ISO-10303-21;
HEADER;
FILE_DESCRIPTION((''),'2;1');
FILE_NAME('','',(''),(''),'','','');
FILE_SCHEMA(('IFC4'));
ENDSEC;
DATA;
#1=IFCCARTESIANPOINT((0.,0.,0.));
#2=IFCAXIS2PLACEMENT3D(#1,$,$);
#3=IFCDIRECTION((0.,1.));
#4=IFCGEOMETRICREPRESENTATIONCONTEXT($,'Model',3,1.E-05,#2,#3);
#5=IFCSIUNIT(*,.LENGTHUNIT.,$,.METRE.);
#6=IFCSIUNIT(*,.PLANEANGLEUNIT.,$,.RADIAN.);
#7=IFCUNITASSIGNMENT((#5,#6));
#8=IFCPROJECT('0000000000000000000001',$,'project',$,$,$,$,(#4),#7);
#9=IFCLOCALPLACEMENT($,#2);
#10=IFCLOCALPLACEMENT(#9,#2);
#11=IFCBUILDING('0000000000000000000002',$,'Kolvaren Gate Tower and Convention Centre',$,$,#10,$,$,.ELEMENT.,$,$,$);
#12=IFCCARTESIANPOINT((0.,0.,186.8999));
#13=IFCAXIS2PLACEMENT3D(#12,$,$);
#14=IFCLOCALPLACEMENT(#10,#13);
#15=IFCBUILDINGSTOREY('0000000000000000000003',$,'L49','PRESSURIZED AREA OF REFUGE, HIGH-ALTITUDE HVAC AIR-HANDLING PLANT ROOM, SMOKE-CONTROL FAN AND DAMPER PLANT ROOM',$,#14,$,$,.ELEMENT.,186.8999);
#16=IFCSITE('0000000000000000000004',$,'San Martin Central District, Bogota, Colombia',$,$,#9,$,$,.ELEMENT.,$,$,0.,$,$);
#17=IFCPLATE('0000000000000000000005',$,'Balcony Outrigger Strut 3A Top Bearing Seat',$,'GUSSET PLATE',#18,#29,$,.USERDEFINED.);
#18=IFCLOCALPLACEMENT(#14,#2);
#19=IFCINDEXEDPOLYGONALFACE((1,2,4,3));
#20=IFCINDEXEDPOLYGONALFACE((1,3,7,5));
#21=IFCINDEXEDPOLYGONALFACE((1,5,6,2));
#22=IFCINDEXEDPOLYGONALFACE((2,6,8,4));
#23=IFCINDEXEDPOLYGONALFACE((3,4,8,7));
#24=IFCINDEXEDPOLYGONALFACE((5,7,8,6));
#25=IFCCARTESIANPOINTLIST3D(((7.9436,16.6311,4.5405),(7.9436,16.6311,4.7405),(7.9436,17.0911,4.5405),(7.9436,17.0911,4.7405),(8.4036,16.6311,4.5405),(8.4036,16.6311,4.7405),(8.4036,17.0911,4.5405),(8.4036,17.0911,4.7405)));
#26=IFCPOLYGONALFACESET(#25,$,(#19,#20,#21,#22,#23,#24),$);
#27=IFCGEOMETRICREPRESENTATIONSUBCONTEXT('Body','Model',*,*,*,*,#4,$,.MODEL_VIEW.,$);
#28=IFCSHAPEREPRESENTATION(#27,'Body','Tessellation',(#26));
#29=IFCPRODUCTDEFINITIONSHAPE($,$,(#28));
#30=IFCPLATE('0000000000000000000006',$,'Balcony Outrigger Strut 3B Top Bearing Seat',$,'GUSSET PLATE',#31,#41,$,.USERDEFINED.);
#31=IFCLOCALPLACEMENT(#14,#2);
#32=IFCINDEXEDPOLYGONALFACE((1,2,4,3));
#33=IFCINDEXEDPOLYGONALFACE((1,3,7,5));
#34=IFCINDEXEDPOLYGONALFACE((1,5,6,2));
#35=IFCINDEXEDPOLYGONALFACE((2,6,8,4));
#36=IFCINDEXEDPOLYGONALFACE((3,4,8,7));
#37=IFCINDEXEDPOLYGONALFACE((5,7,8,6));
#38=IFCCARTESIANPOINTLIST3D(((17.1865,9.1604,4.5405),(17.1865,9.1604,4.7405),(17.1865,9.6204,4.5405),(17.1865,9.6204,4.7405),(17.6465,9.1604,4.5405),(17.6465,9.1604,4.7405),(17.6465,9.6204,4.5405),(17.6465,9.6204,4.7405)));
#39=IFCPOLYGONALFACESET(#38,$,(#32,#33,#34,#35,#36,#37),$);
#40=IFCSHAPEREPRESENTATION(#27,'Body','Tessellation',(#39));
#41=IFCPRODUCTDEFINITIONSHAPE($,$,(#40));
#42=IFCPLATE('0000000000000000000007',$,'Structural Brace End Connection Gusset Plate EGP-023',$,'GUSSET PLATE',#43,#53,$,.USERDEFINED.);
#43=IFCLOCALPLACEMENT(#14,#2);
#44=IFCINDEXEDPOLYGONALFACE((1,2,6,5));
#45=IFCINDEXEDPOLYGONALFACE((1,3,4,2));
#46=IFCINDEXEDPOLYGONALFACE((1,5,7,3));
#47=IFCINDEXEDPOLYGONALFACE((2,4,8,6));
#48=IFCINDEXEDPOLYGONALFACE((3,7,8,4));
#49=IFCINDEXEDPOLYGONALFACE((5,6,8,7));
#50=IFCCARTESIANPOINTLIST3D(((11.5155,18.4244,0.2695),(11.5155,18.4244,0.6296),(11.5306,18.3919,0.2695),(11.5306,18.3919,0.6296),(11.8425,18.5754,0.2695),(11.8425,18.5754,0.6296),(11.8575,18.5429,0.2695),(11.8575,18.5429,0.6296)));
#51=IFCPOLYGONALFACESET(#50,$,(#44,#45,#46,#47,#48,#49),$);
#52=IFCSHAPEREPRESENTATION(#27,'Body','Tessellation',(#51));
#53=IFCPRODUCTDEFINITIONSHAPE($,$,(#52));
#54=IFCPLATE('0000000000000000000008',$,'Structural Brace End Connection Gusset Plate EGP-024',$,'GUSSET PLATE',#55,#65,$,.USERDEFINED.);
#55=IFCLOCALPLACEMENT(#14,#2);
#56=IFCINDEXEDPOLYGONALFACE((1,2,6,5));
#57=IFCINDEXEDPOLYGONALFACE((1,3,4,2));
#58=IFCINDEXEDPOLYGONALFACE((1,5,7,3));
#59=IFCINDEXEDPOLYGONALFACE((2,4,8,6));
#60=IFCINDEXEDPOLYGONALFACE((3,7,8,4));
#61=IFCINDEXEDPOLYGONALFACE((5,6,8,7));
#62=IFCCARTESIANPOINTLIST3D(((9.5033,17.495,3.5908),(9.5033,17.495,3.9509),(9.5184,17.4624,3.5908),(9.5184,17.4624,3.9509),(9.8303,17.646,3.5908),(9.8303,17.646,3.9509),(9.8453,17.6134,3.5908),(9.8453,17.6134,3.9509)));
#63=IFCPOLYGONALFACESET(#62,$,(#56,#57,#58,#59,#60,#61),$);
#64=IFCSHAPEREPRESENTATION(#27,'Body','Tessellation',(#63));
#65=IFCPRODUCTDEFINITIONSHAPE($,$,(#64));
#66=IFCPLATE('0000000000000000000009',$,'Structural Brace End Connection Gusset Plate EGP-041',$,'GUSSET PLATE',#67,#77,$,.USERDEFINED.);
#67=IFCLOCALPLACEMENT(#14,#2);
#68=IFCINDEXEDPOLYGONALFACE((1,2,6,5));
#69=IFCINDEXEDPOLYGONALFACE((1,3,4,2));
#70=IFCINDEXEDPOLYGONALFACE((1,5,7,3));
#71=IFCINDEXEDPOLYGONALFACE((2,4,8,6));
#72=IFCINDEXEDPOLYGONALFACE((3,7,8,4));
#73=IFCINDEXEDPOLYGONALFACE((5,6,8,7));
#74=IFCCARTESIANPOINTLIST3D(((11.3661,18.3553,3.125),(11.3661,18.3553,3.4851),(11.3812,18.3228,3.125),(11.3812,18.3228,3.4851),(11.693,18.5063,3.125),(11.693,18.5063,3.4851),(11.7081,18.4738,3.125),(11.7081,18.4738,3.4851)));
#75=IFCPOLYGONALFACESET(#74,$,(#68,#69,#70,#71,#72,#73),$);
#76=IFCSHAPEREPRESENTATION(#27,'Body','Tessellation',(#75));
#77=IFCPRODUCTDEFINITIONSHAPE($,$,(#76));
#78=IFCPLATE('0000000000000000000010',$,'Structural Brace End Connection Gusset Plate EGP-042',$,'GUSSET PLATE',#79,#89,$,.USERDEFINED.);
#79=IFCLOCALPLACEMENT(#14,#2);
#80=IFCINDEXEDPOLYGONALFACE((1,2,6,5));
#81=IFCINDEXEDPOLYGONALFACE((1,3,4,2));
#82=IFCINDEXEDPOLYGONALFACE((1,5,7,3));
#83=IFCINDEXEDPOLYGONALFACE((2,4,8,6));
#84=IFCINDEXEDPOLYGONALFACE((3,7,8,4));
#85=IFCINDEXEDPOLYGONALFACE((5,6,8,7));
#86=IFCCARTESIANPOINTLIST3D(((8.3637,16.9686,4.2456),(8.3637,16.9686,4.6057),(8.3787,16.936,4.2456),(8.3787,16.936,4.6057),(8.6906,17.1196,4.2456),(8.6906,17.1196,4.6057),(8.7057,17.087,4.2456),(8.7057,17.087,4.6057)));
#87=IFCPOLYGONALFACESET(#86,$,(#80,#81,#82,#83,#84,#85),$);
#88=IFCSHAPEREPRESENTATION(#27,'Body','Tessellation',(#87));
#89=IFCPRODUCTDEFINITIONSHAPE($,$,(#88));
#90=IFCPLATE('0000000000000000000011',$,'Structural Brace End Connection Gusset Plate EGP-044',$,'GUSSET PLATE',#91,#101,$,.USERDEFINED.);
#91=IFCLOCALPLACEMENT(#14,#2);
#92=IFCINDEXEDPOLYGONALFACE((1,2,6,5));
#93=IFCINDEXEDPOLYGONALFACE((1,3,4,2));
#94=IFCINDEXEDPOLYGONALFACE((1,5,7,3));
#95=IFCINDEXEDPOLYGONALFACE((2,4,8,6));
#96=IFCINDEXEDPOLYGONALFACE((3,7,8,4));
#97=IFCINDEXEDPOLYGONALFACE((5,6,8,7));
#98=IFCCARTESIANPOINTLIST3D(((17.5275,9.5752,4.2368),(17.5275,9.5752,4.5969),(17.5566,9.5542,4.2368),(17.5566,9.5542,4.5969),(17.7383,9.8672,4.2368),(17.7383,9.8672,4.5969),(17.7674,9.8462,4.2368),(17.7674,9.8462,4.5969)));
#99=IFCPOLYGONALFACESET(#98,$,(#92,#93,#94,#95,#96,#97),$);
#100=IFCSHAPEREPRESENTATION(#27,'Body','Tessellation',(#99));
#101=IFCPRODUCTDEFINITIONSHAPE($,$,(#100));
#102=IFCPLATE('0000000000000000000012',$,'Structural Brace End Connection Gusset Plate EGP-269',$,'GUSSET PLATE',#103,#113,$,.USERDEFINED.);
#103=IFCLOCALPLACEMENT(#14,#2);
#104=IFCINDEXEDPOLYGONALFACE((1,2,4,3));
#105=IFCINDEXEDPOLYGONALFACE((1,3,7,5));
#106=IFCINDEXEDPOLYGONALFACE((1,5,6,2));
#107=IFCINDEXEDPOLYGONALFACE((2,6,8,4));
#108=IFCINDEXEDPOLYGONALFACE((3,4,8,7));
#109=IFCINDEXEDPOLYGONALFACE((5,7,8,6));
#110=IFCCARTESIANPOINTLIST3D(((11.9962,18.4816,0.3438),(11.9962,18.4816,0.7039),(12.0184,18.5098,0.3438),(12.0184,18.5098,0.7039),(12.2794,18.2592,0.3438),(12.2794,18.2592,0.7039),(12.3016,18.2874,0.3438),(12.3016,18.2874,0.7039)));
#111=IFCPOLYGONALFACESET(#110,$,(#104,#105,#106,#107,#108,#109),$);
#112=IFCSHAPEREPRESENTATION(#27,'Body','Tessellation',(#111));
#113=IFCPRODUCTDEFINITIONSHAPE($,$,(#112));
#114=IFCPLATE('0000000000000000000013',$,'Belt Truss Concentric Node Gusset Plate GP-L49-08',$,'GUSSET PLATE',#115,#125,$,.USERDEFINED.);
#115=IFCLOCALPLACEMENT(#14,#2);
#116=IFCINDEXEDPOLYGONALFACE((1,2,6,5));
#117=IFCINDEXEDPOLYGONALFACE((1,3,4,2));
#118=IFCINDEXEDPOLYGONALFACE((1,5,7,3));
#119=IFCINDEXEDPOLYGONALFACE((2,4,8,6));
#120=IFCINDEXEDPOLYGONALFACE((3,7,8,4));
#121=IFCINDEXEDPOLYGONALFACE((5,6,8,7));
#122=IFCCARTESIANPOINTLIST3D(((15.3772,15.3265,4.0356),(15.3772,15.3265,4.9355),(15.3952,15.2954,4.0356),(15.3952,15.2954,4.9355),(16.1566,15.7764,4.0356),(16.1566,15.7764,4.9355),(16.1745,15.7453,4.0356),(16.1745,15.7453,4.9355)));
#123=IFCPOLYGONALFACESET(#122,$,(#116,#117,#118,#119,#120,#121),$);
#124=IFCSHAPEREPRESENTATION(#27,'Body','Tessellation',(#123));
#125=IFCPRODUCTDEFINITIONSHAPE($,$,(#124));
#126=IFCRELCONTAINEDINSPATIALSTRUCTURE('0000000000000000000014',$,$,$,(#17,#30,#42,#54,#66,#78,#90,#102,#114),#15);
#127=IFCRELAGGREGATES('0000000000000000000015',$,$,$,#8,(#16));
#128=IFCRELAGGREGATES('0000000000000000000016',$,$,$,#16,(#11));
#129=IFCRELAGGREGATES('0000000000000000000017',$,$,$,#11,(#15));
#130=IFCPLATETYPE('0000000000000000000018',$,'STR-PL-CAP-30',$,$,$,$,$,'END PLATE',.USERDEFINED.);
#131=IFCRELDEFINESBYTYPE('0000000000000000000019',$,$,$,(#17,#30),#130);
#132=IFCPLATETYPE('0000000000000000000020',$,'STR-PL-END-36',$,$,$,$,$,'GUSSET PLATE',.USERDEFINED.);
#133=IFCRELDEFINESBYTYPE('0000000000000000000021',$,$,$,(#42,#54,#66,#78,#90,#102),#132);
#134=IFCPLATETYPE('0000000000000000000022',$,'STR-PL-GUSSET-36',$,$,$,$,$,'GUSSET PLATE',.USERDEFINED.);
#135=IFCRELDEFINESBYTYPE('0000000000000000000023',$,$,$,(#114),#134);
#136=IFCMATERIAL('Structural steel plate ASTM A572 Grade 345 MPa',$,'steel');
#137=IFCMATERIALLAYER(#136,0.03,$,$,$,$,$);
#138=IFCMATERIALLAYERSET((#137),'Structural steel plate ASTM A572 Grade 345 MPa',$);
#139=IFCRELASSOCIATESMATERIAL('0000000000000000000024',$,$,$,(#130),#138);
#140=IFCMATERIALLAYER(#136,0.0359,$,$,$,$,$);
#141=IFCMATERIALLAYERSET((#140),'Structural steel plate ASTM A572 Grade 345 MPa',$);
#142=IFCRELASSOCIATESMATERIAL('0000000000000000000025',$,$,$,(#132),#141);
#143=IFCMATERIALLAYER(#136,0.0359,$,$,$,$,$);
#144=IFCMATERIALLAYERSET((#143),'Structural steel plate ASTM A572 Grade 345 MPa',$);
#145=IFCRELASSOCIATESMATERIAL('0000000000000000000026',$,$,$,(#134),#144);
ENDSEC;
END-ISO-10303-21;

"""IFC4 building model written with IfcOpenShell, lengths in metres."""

from ifc_helpers import new_model, si_unit, direction, frame, origin, origin_2d, place, context, subcontext, project, spatial, rectangle, extrude, material, layer, layer_set, type_object, element, save


model = new_model("IFC4")

# Units and contexts
model_context = context("Model", 3, precision=1e-05, world=origin(), true_north=direction((0.0, 1.0)))
body_context = subcontext(model_context, "Body", "Model", "MODEL_VIEW")
ifc_project = project(units=[si_unit("LENGTHUNIT", "METRE"), si_unit("PLANEANGLEUNIT", "RADIAN")], contexts=[model_context])

# Site, building, storey
site_placement = place(None, origin())
site = spatial("IfcSite", under=ifc_project, at=site_placement, Name="San Martin Central District, Bogota, Colombia", CompositionType="ELEMENT", RefElevation=0.0)
building_placement = place(site_placement, origin())
building = spatial("IfcBuilding", under=site, at=building_placement, Name="Kolvaren Gate Tower and Convention Centre", CompositionType="ELEMENT")
storey_placement = place(building_placement, frame((0.0, 0.0, 186.8999)))
storey = spatial("IfcBuildingStorey", under=building, at=storey_placement, Name="L49", Description="PRESSURIZED AREA OF REFUGE, HIGH-ALTITUDE HVAC AIR-HANDLING PLANT ROOM, SMOKE-CONTROL FAN AND DAMPER PLANT ROOM", CompositionType="ELEMENT", Elevation=186.8999)

# Plates
ifc_material_1 = material(Name="Structural steel plate ASTM A572 Grade 345 MPa", Category="steel")
ifc_layer_1 = layer(ifc_material_1, 0.03)
ifc_layer_set_1 = layer_set([ifc_layer_1], Name="Structural steel plate ASTM A572 Grade 345 MPa")
plate_type_1 = type_object("IfcPlateType", Name="STR-PL-CAP-30", ElementType="END PLATE", PredefinedType="USERDEFINED", material=ifc_layer_set_1)
for number, where, z_axis, x_axis, name in (
    (1, (8.1736, 16.8611, 4.5405), (0.0, 0.0, 1.0), (1.0, 0.0, 0.0), "Balcony Outrigger Strut 3A Top Bearing Seat"),
    (2, (17.4165, 9.3904, 4.5405), (0.0, 0.0, 1.0), (1.0, 0.0, 0.0), "Balcony Outrigger Strut 3B Top Bearing Seat"),
):
    element("IfcPlate", number, at=place(storey_placement, frame(where, z_axis=z_axis, x_axis=x_axis)), inside=storey, type_object=plate_type_1, Name=name, ObjectType="GUSSET PLATE", PredefinedType="USERDEFINED", context=body_context, shape_type="SweptSolid", body=[
        extrude(rectangle(XDim=0.46, YDim=0.46, at=origin_2d()), origin(), (0.0, 0.0, 1.0), 0.2),
    ])
ifc_layer_2 = layer(ifc_material_1, 0.0359)
ifc_layer_set_2 = layer_set([ifc_layer_2], Name="Structural steel plate ASTM A572 Grade 345 MPa")
plate_type_2 = type_object("IfcPlateType", Name="STR-PL-END-36", ElementType="GUSSET PLATE", PredefinedType="USERDEFINED", material=ifc_layer_set_2)
for number, where, z_axis, x_axis, name in (
    (3, (11.6865, 18.4836, 0.2695), (0.0, 0.0, 1.0), (-0.907842, -0.419313, 0.0), "Structural Brace End Connection Gusset Plate EGP-023"),
    (4, (9.6743, 17.5542, 3.5908), (0.0, 0.0, 1.0), (-0.907842, -0.419313, 0.0), "Structural Brace End Connection Gusset Plate EGP-024"),
    (5, (11.5371, 18.4146, 3.125), (0.0, 0.0, 1.0), (-0.907843, -0.419311, 0.0), "Structural Brace End Connection Gusset Plate EGP-041"),
    (6, (8.5347, 17.0278, 4.2456), (0.0, 0.0, 1.0), (-0.907843, -0.419311, 0.0), "Structural Brace End Connection Gusset Plate EGP-042"),
    (7, (17.6475, 9.7107, 4.2368), (0.0, 0.0, 1.0), (-0.585188, -0.810897, 0.0), "Structural Brace End Connection Gusset Plate EGP-044"),
    (8, (12.1489, 18.3845, 0.3438), (0.0, 0.0, 1.0), (0.786452, -0.617651, 0.0), "Structural Brace End Connection Gusset Plate EGP-269"),
):
    element("IfcPlate", number, at=place(storey_placement, frame(where, z_axis=z_axis, x_axis=x_axis)), inside=storey, type_object=plate_type_2, Name=name, ObjectType="GUSSET PLATE", PredefinedType="USERDEFINED", context=body_context, shape_type="SweptSolid", body=[
        extrude(rectangle(XDim=0.3601, YDim=0.0359, at=origin_2d()), origin(), (0.0, 0.0, 1.0), 0.3601),
    ])
ifc_layer_3 = layer(ifc_material_1, 0.0359)
ifc_layer_set_3 = layer_set([ifc_layer_3], Name="Structural steel plate ASTM A572 Grade 345 MPa")
plate_type_3 = type_object("IfcPlateType", Name="STR-PL-GUSSET-36", ElementType="GUSSET PLATE", PredefinedType="USERDEFINED", material=ifc_layer_set_3)
plate_placement = place(storey_placement, frame((15.7759, 15.5359, 4.0356), z_axis=(0.0, 0.0, 1.0), x_axis=(-0.866025, -0.5, 0.0)))
element("IfcPlate", 9, at=plate_placement, inside=storey, type_object=plate_type_3, Name="Belt Truss Concentric Node Gusset Plate GP-L49-08", ObjectType="GUSSET PLATE", PredefinedType="USERDEFINED", context=body_context, shape_type="SweptSolid", body=[
    extrude(rectangle(XDim=0.8999, YDim=0.0359, at=origin_2d()), origin(), (0.0, 0.0, 1.0), 0.8999),
])

save(model, "model.ifc")
